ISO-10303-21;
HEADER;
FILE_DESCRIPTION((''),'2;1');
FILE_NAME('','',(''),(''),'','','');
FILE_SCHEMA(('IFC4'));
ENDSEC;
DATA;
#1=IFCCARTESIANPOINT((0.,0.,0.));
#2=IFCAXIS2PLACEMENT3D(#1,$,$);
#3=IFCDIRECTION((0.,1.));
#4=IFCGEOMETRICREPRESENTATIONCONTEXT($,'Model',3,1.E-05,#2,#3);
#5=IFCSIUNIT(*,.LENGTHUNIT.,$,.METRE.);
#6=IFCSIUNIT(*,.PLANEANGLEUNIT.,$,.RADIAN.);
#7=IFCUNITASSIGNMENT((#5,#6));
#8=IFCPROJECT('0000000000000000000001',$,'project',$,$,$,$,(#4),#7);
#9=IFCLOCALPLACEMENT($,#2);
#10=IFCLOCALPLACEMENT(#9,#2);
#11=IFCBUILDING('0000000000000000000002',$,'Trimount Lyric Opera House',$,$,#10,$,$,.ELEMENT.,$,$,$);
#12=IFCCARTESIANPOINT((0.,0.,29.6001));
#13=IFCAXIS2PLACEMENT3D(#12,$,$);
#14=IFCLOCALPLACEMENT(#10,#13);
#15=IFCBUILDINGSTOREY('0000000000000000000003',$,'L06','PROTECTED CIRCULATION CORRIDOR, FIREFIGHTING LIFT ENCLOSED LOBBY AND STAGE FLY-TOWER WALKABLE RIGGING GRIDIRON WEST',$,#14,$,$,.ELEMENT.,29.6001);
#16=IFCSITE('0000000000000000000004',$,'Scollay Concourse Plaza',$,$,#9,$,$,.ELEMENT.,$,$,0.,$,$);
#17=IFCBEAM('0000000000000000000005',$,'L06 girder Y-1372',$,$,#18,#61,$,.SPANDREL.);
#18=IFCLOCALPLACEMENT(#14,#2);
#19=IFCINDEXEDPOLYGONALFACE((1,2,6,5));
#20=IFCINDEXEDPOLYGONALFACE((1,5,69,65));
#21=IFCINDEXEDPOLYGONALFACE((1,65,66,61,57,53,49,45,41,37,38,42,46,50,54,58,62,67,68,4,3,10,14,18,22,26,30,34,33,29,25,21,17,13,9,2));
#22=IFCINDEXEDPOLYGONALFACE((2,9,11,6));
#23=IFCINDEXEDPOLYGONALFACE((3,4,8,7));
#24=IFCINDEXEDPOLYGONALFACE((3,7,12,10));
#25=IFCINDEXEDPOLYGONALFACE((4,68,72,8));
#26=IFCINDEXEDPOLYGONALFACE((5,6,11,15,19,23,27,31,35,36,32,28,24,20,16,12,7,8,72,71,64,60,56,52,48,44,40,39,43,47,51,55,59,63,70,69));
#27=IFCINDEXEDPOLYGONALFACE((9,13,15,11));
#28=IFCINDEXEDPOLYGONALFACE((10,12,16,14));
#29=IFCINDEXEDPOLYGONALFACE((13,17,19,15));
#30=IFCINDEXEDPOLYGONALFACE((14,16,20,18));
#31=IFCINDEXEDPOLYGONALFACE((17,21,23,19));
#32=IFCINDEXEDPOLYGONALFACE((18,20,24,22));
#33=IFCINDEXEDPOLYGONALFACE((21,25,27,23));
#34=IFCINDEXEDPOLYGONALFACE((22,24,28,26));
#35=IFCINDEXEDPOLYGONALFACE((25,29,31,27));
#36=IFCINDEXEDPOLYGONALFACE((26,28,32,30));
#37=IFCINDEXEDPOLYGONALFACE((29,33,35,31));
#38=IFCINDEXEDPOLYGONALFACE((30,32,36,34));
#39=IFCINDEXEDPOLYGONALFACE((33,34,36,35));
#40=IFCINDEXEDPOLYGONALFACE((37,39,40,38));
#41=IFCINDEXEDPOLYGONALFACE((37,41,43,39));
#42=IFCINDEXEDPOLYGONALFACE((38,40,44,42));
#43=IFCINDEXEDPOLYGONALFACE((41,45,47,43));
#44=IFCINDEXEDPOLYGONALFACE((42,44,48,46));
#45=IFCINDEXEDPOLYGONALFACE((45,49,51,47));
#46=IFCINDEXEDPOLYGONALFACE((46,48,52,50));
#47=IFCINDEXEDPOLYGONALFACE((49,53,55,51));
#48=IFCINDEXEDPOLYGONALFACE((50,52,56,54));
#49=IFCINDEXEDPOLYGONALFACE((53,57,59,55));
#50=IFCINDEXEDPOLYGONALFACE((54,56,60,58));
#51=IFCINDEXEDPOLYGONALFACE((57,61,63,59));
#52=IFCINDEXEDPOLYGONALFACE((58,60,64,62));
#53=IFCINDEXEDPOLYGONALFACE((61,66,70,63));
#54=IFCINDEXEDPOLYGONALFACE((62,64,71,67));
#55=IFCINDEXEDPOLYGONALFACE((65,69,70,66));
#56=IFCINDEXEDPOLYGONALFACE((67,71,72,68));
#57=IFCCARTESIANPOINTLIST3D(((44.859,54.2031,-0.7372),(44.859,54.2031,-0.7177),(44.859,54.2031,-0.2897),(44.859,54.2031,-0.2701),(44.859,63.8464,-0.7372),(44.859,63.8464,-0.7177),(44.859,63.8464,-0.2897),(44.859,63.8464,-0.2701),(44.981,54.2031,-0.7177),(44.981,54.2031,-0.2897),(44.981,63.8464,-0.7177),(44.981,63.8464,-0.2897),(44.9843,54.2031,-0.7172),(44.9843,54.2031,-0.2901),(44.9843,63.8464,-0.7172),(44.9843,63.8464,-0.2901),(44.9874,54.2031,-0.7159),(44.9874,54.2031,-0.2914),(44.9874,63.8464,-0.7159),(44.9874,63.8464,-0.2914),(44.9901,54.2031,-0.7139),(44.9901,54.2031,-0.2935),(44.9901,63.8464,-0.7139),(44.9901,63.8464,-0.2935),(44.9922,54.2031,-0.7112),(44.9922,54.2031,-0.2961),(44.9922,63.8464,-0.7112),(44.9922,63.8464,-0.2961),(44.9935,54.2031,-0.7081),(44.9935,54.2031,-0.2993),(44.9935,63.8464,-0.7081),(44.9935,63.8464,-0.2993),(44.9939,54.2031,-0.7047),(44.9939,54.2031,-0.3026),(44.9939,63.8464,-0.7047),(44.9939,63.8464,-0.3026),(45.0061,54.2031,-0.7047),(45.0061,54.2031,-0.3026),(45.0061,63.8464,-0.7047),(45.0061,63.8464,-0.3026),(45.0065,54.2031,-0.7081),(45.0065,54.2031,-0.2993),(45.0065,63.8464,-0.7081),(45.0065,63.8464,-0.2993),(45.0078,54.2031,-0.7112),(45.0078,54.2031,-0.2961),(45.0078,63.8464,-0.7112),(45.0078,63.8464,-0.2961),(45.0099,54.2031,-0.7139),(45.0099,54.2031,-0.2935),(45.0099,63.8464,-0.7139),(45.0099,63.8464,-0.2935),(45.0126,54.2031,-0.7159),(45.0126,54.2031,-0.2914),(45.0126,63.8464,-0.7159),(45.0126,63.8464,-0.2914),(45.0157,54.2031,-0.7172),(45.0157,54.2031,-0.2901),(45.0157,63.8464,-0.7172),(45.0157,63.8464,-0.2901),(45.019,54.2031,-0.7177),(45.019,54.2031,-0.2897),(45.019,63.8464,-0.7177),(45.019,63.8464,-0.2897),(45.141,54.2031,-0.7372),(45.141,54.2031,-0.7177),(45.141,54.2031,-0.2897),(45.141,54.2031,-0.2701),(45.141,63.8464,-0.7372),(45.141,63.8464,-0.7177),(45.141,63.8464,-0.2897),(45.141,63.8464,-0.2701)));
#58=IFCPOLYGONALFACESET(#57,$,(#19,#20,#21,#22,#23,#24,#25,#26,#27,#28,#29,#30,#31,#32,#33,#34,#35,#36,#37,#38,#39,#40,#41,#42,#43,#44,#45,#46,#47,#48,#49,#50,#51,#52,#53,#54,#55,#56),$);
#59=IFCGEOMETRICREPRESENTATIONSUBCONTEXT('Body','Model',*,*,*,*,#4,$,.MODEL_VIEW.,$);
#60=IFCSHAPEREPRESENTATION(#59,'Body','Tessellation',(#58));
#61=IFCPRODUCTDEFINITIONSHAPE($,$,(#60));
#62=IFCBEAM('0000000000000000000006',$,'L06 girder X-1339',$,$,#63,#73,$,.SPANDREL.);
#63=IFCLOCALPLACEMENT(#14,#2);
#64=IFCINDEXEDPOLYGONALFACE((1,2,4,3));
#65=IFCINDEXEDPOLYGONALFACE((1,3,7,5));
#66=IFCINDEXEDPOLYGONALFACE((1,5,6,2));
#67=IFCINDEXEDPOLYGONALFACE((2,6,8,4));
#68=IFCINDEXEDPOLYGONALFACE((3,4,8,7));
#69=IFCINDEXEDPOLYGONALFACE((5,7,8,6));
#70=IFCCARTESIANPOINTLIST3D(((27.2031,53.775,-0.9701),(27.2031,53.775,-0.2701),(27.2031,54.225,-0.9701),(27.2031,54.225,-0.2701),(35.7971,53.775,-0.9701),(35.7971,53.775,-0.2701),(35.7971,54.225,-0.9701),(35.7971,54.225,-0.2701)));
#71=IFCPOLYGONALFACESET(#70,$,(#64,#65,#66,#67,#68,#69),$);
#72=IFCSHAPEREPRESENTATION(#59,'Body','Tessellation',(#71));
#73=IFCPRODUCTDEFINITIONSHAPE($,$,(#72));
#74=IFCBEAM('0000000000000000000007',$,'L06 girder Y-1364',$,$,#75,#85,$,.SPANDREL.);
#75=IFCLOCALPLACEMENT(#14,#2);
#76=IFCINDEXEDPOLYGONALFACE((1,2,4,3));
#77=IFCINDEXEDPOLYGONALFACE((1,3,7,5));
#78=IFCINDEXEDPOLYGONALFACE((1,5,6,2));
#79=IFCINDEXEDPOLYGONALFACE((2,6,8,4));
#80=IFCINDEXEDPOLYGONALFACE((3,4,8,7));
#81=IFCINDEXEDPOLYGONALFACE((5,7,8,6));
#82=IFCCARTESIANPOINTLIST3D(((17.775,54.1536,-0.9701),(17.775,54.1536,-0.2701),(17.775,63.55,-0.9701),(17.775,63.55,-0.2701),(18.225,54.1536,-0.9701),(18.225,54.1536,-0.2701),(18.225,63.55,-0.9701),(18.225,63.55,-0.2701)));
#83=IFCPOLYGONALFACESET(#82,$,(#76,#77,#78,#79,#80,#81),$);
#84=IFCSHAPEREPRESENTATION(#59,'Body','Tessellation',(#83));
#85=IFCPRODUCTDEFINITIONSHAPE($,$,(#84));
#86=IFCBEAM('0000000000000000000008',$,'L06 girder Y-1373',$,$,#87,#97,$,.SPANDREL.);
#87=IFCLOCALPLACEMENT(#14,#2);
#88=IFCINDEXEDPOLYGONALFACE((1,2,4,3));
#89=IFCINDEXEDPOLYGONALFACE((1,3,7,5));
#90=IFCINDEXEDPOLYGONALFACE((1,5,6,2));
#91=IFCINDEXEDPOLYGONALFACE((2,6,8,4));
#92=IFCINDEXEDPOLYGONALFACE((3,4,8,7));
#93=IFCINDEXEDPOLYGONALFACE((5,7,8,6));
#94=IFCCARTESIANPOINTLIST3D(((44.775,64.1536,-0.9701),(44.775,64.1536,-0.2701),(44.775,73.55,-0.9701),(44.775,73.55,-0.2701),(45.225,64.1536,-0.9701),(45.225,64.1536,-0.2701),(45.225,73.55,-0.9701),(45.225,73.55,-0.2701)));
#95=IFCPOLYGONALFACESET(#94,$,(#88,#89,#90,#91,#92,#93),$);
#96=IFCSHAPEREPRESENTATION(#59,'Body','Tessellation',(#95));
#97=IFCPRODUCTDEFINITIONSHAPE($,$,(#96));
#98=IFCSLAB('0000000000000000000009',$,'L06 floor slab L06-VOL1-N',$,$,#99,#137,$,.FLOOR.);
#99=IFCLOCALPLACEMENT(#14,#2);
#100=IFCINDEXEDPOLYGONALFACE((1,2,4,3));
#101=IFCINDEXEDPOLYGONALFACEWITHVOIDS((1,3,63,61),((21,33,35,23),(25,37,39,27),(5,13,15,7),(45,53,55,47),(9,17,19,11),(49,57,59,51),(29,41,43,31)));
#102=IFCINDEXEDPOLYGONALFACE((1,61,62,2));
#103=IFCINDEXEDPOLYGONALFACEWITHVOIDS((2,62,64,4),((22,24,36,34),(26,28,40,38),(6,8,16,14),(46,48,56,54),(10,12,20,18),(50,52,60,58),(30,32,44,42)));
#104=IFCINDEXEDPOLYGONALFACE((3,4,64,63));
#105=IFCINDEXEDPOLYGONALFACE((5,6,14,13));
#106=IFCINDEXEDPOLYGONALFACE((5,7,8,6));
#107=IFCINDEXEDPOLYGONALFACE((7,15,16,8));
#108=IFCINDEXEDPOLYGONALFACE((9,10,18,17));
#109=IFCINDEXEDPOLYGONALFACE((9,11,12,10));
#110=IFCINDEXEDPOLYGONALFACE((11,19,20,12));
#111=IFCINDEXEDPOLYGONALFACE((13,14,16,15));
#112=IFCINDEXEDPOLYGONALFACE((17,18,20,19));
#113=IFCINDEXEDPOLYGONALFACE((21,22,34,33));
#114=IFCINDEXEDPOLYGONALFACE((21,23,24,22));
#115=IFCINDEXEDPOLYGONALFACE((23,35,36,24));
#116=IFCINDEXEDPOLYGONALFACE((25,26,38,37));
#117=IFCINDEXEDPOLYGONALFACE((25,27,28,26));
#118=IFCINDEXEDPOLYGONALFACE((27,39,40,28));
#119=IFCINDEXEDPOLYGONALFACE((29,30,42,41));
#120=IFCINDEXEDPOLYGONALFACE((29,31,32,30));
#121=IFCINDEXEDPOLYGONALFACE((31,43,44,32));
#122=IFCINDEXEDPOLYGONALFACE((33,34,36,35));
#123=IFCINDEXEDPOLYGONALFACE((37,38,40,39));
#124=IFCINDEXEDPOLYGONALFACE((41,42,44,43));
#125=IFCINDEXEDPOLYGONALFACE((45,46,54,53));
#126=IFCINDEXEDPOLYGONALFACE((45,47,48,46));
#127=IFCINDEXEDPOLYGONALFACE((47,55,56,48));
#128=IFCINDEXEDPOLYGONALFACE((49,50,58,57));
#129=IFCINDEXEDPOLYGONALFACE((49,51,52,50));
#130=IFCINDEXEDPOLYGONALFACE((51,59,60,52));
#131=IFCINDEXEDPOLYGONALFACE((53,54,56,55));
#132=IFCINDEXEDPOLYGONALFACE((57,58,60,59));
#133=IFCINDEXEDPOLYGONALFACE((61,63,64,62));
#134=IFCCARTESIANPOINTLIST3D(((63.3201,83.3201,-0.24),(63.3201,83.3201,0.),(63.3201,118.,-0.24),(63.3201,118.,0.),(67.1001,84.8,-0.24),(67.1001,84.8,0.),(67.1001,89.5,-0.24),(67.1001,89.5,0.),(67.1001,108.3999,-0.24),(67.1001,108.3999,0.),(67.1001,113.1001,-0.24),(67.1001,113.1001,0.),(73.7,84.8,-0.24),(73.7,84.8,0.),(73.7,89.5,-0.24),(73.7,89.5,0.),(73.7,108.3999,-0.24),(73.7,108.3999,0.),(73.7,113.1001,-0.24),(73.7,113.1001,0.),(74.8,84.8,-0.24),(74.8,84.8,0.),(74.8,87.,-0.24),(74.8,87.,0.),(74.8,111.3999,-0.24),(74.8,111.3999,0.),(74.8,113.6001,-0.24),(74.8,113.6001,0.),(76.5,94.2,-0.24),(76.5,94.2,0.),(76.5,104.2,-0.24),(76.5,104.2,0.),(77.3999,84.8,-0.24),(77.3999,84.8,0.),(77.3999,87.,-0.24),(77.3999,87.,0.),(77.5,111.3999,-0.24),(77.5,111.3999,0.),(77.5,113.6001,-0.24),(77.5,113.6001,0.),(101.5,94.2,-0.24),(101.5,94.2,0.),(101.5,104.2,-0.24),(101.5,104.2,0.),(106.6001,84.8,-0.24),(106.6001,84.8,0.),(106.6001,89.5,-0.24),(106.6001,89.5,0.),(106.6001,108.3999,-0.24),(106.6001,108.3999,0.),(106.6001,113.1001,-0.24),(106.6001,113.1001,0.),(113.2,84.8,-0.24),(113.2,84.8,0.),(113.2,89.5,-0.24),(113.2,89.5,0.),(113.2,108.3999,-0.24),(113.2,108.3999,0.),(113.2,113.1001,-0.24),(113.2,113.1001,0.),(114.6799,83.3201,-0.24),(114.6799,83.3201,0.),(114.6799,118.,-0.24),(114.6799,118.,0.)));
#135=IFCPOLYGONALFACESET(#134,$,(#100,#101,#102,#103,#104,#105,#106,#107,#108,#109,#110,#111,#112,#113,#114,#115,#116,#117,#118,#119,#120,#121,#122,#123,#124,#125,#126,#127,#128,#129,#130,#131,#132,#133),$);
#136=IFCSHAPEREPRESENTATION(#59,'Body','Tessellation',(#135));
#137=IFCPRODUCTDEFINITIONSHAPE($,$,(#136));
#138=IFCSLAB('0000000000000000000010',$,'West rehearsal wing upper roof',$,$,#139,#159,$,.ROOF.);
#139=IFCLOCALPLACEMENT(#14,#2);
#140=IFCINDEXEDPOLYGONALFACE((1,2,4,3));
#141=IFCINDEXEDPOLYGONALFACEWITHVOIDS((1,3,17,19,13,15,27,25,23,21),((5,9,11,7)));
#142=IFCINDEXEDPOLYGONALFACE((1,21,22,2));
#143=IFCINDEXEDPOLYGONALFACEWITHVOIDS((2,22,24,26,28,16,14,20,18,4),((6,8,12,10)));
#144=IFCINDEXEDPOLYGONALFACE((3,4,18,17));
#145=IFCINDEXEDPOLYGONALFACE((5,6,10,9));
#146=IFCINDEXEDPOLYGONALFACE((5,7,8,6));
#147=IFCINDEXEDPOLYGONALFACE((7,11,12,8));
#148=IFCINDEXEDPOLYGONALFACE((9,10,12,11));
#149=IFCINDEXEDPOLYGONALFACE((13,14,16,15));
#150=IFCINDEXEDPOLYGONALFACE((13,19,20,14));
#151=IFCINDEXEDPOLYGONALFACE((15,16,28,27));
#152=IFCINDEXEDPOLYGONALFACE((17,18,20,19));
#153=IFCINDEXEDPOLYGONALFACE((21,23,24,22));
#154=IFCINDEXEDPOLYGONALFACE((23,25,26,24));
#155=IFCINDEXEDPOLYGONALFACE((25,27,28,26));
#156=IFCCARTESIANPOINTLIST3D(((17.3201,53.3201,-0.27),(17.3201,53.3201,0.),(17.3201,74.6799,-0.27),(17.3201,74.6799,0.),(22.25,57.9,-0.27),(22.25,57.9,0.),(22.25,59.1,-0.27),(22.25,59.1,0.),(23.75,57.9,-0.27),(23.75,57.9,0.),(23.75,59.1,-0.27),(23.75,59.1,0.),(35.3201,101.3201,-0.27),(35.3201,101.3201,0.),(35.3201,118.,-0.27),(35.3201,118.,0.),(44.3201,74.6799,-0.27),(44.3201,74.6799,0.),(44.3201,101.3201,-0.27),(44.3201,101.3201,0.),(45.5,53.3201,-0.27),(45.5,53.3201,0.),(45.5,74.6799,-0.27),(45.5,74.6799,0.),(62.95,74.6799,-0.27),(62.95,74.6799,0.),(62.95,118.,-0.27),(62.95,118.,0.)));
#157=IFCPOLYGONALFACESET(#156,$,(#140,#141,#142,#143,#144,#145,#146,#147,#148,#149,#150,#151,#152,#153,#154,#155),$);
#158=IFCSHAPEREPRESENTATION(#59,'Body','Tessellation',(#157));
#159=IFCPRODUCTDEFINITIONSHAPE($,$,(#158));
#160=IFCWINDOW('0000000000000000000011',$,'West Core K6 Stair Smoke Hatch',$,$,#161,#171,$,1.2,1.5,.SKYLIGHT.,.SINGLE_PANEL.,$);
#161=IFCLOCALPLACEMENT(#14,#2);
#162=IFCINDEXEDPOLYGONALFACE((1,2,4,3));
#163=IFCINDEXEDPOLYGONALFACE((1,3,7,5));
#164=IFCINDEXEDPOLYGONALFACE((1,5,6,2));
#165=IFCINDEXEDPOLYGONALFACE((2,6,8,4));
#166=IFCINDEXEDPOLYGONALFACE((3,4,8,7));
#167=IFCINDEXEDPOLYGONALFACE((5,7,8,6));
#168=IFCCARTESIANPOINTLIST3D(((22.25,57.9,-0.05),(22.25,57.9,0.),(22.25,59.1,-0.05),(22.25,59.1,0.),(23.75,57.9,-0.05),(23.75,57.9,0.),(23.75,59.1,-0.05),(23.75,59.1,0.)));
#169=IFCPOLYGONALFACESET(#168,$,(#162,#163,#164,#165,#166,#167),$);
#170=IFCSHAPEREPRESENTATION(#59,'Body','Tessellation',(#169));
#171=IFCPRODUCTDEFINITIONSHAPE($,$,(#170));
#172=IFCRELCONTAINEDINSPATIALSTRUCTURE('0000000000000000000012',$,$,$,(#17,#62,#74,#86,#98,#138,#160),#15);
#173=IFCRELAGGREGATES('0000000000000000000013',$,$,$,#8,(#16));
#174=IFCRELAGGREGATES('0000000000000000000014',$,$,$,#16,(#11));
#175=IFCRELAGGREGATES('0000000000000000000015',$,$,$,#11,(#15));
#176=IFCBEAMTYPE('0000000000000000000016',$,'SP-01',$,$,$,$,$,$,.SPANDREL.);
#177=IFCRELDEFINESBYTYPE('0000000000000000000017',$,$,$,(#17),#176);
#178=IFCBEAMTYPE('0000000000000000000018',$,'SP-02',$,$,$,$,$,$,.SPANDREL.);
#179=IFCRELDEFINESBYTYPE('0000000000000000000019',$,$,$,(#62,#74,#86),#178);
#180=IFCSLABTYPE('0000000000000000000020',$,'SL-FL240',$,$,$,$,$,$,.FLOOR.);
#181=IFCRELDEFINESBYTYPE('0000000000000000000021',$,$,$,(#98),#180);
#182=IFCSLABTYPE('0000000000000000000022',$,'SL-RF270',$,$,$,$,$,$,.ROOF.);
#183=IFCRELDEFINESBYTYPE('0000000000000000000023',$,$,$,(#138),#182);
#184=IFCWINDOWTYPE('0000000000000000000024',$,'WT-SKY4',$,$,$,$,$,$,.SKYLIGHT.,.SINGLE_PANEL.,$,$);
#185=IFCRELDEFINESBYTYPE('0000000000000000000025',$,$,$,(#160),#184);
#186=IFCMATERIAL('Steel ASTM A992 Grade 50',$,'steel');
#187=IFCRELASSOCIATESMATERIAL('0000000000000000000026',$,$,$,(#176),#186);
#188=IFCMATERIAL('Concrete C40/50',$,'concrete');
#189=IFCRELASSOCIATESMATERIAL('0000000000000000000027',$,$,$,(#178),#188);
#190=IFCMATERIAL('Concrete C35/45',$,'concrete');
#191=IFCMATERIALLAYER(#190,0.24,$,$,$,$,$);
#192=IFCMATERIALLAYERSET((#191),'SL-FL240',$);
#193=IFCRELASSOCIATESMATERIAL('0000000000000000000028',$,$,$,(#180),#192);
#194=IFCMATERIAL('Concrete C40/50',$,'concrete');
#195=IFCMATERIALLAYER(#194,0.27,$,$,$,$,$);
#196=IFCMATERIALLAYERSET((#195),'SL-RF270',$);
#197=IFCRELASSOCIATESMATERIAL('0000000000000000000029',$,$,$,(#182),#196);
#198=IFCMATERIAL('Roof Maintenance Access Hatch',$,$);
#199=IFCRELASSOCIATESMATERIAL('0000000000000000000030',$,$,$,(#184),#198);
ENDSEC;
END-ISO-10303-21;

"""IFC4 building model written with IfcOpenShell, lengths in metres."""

from ifc_helpers import new_model, si_unit, direction, frame, origin, origin_2d, place, context, subcontext, project, spatial, polyline, rectangle, i_section, outline, extrude, material, layer, layer_set, material_profile, profile_set, type_object, element, fill, save


model = new_model("IFC4")

# Units and contexts
model_context = context("Model", 3, precision=1e-05, world=origin(), true_north=direction((0.0, 1.0)))
body_context = subcontext(model_context, "Body", "Model", "MODEL_VIEW")
ifc_project = project(units=[si_unit("LENGTHUNIT", "METRE"), si_unit("PLANEANGLEUNIT", "RADIAN")], contexts=[model_context])

# Site, building, storey
site_placement = place(None, origin())
site = spatial("IfcSite", under=ifc_project, at=site_placement, Name="Scollay Concourse Plaza", CompositionType="ELEMENT", RefElevation=0.0)
building_placement = place(site_placement, origin())
building = spatial("IfcBuilding", under=site, at=building_placement, Name="Trimount Lyric Opera House", CompositionType="ELEMENT")
storey_placement = place(building_placement, frame((0.0, 0.0, 29.6001)))
storey = spatial("IfcBuildingStorey", under=building, at=storey_placement, Name="L06", Description="PROTECTED CIRCULATION CORRIDOR, FIREFIGHTING LIFT ENCLOSED LOBBY AND STAGE FLY-TOWER WALKABLE RIGGING GRIDIRON WEST", CompositionType="ELEMENT", Elevation=29.6001)

# Beams
ifc_material_1 = material(Name="Steel ASTM A992 Grade 50", Category="steel")
ifc_material_profile_1 = material_profile(ifc_material_1, i_section(OverallWidth=0.282, OverallDepth=0.467, WebThickness=0.0122, FlangeThickness=0.0195, FilletRadius=0.0129, at=origin_2d()), Name="W18X86")
ifc_profile_set_1 = profile_set([ifc_material_profile_1], Name="Steel ASTM A992 Grade 50")
beam_type_1 = type_object("IfcBeamType", Name="SP-01", PredefinedType="SPANDREL", material=ifc_profile_set_1)
beam_1_placement = place(storey_placement, frame((45.0, 54.2031, -0.5037), z_axis=(0.0, 1.0, 0.0), x_axis=(-1.0, 0.0, 0.0)))
element("IfcBeam", 1, at=beam_1_placement, inside=storey, type_object=beam_type_1, Name="L06 girder Y-1372", PredefinedType="SPANDREL", context=body_context, shape_type="SweptSolid", body=[
    extrude(i_section(OverallWidth=0.282, OverallDepth=0.467, WebThickness=0.0122, FlangeThickness=0.0195, FilletRadius=0.0129, at=origin_2d()), origin(), (0.0, 0.0, 1.0), 9.6433),
])
ifc_material_2 = material(Name="Concrete C40/50", Category="concrete")
ifc_material_profile_2 = material_profile(ifc_material_2, rectangle(XDim=0.45, YDim=0.7, at=origin_2d()), Name="RC450X700")
ifc_profile_set_2 = profile_set([ifc_material_profile_2], Name="Concrete C40/50")
beam_type_2 = type_object("IfcBeamType", Name="SP-02", PredefinedType="SPANDREL", material=ifc_profile_set_2)
beam_2_placement = place(storey_placement, frame((27.2031, 54.0, -0.6201), z_axis=(1.0, 0.0, 0.0), x_axis=(0.0, 1.0, 0.0)))
element("IfcBeam", 2, at=beam_2_placement, inside=storey, type_object=beam_type_2, Name="L06 girder X-1339", PredefinedType="SPANDREL", context=body_context, shape_type="SweptSolid", body=[
    extrude(rectangle(XDim=0.45, YDim=0.7, at=origin_2d()), origin(), (0.0, 0.0, 1.0), 8.594),
])
for number, where, z_axis, x_axis, name in (
    (3, (18.0, 54.1536, -0.6201), (0.0, 1.0, 0.0), (-1.0, 0.0, 0.0), "L06 girder Y-1364"),
    (4, (45.0, 64.1536, -0.6201), (0.0, 1.0, 0.0), (-1.0, 0.0, 0.0), "L06 girder Y-1373"),
):
    element("IfcBeam", number, at=place(storey_placement, frame(where, z_axis=z_axis, x_axis=x_axis)), inside=storey, type_object=beam_type_2, Name=name, PredefinedType="SPANDREL", context=body_context, shape_type="SweptSolid", body=[
        extrude(rectangle(XDim=0.45, YDim=0.7, at=origin_2d()), origin(), (0.0, 0.0, 1.0), 9.3965),
    ])

# Slab
ifc_material_3 = material(Name="Concrete C35/45", Category="concrete")
ifc_layer_1 = layer(ifc_material_3, 0.24)
ifc_layer_set_1 = layer_set([ifc_layer_1], Name="SL-FL240")
slab_type_1 = type_object("IfcSlabType", Name="SL-FL240", PredefinedType="FLOOR", material=ifc_layer_set_1)
slab_1_placement = place(storey_placement, frame((0.0, 0.0, -0.24)))
element("IfcSlab", 5, at=slab_1_placement, inside=storey, type_object=slab_type_1, Name="L06 floor slab L06-VOL1-N", PredefinedType="FLOOR", context=body_context, shape_type="SweptSolid", body=[
    extrude(outline(polyline([(63.3201, 118.0), (114.6799, 118.0), (114.6799, 83.3201), (63.3201, 83.3201), (63.3201, 118.0)]), holes=[polyline([(106.6001, 89.5), (106.6001, 84.8), (113.2, 84.8), (113.2, 89.5), (106.6001, 89.5)]), polyline([(106.6001, 113.1001), (106.6001, 108.3999), (113.2, 108.3999), (113.2, 113.1001), (106.6001, 113.1001)]), polyline([(76.5, 104.2), (76.5, 94.2), (101.5, 94.2), (101.5, 104.2), (76.5, 104.2)]), polyline([(74.8, 113.6001), (74.8, 111.3999), (77.5, 111.3999), (77.5, 113.6001), (74.8, 113.6001)]), polyline([(74.8, 84.8), (77.3999, 84.8), (77.3999, 87.0), (74.8, 87.0), (74.8, 84.8)]), polyline([(67.1001, 89.5), (67.1001, 84.8), (73.7, 84.8), (73.7, 89.5), (67.1001, 89.5)]), polyline([(67.1001, 108.3999), (73.7, 108.3999), (73.7, 113.1001), (67.1001, 113.1001), (67.1001, 108.3999)])]), origin(), (0.0, 0.0, 1.0), 0.24),
])

# Slab, opening, window
ifc_material_4 = material(Name="Concrete C40/50", Category="concrete")
ifc_layer_2 = layer(ifc_material_4, 0.27)
ifc_layer_set_2 = layer_set([ifc_layer_2], Name="SL-RF270")
slab_type_2 = type_object("IfcSlabType", Name="SL-RF270", PredefinedType="ROOF", material=ifc_layer_set_2)
slab_2_placement = place(storey_placement, frame((0.0, 0.0, -0.27)))
slab_2 = element("IfcSlab", 6, at=slab_2_placement, inside=storey, type_object=slab_type_2, Name="West rehearsal wing upper roof", PredefinedType="ROOF", context=body_context, shape_type="SweptSolid", body=[
    extrude(outline(polyline([(45.5, 74.6799), (45.5, 53.3201), (17.3201, 53.3201), (17.3201, 74.6799), (44.3201, 74.6799), (44.3201, 101.3201), (35.3201, 101.3201), (35.3201, 118.0), (62.95, 118.0), (62.95, 74.6799), (45.5, 74.6799)])), origin(), (0.0, 0.0, 1.0), 0.27),
])
opening_placement = place(slab_2_placement, frame((23.0, 58.5, 0.0)))
opening = element("IfcOpeningElement", 7, at=opening_placement, cuts=slab_2, PredefinedType="OPENING", context=body_context, shape_type="SweptSolid", body=[
    extrude(rectangle(XDim=1.5, YDim=1.2, at=origin_2d()), frame((0.0, 0.0, -0.01)), (0.0, 0.0, 1.0), 0.29),
])
ifc_material_5 = material(Name="Roof Maintenance Access Hatch")
window_type = type_object("IfcWindowType", Name="WT-SKY4", PartitioningType="SINGLE_PANEL", PredefinedType="SKYLIGHT", material=ifc_material_5)
window_placement = place(opening_placement, frame((0.0, 0.0, 0.22)))
window = element("IfcWindow", 8, at=window_placement, inside=storey, type_object=window_type, Name="West Core K6 Stair Smoke Hatch", OverallHeight=1.2, OverallWidth=1.5, PartitioningType="SINGLE_PANEL", PredefinedType="SKYLIGHT", context=body_context, shape_type="SweptSolid", body=[
    extrude(rectangle(XDim=1.5, YDim=1.2, at=origin_2d()), origin(), (0.0, 0.0, 1.0), 0.05),
])
fill(opening, window)

save(model, "model.ifc")
